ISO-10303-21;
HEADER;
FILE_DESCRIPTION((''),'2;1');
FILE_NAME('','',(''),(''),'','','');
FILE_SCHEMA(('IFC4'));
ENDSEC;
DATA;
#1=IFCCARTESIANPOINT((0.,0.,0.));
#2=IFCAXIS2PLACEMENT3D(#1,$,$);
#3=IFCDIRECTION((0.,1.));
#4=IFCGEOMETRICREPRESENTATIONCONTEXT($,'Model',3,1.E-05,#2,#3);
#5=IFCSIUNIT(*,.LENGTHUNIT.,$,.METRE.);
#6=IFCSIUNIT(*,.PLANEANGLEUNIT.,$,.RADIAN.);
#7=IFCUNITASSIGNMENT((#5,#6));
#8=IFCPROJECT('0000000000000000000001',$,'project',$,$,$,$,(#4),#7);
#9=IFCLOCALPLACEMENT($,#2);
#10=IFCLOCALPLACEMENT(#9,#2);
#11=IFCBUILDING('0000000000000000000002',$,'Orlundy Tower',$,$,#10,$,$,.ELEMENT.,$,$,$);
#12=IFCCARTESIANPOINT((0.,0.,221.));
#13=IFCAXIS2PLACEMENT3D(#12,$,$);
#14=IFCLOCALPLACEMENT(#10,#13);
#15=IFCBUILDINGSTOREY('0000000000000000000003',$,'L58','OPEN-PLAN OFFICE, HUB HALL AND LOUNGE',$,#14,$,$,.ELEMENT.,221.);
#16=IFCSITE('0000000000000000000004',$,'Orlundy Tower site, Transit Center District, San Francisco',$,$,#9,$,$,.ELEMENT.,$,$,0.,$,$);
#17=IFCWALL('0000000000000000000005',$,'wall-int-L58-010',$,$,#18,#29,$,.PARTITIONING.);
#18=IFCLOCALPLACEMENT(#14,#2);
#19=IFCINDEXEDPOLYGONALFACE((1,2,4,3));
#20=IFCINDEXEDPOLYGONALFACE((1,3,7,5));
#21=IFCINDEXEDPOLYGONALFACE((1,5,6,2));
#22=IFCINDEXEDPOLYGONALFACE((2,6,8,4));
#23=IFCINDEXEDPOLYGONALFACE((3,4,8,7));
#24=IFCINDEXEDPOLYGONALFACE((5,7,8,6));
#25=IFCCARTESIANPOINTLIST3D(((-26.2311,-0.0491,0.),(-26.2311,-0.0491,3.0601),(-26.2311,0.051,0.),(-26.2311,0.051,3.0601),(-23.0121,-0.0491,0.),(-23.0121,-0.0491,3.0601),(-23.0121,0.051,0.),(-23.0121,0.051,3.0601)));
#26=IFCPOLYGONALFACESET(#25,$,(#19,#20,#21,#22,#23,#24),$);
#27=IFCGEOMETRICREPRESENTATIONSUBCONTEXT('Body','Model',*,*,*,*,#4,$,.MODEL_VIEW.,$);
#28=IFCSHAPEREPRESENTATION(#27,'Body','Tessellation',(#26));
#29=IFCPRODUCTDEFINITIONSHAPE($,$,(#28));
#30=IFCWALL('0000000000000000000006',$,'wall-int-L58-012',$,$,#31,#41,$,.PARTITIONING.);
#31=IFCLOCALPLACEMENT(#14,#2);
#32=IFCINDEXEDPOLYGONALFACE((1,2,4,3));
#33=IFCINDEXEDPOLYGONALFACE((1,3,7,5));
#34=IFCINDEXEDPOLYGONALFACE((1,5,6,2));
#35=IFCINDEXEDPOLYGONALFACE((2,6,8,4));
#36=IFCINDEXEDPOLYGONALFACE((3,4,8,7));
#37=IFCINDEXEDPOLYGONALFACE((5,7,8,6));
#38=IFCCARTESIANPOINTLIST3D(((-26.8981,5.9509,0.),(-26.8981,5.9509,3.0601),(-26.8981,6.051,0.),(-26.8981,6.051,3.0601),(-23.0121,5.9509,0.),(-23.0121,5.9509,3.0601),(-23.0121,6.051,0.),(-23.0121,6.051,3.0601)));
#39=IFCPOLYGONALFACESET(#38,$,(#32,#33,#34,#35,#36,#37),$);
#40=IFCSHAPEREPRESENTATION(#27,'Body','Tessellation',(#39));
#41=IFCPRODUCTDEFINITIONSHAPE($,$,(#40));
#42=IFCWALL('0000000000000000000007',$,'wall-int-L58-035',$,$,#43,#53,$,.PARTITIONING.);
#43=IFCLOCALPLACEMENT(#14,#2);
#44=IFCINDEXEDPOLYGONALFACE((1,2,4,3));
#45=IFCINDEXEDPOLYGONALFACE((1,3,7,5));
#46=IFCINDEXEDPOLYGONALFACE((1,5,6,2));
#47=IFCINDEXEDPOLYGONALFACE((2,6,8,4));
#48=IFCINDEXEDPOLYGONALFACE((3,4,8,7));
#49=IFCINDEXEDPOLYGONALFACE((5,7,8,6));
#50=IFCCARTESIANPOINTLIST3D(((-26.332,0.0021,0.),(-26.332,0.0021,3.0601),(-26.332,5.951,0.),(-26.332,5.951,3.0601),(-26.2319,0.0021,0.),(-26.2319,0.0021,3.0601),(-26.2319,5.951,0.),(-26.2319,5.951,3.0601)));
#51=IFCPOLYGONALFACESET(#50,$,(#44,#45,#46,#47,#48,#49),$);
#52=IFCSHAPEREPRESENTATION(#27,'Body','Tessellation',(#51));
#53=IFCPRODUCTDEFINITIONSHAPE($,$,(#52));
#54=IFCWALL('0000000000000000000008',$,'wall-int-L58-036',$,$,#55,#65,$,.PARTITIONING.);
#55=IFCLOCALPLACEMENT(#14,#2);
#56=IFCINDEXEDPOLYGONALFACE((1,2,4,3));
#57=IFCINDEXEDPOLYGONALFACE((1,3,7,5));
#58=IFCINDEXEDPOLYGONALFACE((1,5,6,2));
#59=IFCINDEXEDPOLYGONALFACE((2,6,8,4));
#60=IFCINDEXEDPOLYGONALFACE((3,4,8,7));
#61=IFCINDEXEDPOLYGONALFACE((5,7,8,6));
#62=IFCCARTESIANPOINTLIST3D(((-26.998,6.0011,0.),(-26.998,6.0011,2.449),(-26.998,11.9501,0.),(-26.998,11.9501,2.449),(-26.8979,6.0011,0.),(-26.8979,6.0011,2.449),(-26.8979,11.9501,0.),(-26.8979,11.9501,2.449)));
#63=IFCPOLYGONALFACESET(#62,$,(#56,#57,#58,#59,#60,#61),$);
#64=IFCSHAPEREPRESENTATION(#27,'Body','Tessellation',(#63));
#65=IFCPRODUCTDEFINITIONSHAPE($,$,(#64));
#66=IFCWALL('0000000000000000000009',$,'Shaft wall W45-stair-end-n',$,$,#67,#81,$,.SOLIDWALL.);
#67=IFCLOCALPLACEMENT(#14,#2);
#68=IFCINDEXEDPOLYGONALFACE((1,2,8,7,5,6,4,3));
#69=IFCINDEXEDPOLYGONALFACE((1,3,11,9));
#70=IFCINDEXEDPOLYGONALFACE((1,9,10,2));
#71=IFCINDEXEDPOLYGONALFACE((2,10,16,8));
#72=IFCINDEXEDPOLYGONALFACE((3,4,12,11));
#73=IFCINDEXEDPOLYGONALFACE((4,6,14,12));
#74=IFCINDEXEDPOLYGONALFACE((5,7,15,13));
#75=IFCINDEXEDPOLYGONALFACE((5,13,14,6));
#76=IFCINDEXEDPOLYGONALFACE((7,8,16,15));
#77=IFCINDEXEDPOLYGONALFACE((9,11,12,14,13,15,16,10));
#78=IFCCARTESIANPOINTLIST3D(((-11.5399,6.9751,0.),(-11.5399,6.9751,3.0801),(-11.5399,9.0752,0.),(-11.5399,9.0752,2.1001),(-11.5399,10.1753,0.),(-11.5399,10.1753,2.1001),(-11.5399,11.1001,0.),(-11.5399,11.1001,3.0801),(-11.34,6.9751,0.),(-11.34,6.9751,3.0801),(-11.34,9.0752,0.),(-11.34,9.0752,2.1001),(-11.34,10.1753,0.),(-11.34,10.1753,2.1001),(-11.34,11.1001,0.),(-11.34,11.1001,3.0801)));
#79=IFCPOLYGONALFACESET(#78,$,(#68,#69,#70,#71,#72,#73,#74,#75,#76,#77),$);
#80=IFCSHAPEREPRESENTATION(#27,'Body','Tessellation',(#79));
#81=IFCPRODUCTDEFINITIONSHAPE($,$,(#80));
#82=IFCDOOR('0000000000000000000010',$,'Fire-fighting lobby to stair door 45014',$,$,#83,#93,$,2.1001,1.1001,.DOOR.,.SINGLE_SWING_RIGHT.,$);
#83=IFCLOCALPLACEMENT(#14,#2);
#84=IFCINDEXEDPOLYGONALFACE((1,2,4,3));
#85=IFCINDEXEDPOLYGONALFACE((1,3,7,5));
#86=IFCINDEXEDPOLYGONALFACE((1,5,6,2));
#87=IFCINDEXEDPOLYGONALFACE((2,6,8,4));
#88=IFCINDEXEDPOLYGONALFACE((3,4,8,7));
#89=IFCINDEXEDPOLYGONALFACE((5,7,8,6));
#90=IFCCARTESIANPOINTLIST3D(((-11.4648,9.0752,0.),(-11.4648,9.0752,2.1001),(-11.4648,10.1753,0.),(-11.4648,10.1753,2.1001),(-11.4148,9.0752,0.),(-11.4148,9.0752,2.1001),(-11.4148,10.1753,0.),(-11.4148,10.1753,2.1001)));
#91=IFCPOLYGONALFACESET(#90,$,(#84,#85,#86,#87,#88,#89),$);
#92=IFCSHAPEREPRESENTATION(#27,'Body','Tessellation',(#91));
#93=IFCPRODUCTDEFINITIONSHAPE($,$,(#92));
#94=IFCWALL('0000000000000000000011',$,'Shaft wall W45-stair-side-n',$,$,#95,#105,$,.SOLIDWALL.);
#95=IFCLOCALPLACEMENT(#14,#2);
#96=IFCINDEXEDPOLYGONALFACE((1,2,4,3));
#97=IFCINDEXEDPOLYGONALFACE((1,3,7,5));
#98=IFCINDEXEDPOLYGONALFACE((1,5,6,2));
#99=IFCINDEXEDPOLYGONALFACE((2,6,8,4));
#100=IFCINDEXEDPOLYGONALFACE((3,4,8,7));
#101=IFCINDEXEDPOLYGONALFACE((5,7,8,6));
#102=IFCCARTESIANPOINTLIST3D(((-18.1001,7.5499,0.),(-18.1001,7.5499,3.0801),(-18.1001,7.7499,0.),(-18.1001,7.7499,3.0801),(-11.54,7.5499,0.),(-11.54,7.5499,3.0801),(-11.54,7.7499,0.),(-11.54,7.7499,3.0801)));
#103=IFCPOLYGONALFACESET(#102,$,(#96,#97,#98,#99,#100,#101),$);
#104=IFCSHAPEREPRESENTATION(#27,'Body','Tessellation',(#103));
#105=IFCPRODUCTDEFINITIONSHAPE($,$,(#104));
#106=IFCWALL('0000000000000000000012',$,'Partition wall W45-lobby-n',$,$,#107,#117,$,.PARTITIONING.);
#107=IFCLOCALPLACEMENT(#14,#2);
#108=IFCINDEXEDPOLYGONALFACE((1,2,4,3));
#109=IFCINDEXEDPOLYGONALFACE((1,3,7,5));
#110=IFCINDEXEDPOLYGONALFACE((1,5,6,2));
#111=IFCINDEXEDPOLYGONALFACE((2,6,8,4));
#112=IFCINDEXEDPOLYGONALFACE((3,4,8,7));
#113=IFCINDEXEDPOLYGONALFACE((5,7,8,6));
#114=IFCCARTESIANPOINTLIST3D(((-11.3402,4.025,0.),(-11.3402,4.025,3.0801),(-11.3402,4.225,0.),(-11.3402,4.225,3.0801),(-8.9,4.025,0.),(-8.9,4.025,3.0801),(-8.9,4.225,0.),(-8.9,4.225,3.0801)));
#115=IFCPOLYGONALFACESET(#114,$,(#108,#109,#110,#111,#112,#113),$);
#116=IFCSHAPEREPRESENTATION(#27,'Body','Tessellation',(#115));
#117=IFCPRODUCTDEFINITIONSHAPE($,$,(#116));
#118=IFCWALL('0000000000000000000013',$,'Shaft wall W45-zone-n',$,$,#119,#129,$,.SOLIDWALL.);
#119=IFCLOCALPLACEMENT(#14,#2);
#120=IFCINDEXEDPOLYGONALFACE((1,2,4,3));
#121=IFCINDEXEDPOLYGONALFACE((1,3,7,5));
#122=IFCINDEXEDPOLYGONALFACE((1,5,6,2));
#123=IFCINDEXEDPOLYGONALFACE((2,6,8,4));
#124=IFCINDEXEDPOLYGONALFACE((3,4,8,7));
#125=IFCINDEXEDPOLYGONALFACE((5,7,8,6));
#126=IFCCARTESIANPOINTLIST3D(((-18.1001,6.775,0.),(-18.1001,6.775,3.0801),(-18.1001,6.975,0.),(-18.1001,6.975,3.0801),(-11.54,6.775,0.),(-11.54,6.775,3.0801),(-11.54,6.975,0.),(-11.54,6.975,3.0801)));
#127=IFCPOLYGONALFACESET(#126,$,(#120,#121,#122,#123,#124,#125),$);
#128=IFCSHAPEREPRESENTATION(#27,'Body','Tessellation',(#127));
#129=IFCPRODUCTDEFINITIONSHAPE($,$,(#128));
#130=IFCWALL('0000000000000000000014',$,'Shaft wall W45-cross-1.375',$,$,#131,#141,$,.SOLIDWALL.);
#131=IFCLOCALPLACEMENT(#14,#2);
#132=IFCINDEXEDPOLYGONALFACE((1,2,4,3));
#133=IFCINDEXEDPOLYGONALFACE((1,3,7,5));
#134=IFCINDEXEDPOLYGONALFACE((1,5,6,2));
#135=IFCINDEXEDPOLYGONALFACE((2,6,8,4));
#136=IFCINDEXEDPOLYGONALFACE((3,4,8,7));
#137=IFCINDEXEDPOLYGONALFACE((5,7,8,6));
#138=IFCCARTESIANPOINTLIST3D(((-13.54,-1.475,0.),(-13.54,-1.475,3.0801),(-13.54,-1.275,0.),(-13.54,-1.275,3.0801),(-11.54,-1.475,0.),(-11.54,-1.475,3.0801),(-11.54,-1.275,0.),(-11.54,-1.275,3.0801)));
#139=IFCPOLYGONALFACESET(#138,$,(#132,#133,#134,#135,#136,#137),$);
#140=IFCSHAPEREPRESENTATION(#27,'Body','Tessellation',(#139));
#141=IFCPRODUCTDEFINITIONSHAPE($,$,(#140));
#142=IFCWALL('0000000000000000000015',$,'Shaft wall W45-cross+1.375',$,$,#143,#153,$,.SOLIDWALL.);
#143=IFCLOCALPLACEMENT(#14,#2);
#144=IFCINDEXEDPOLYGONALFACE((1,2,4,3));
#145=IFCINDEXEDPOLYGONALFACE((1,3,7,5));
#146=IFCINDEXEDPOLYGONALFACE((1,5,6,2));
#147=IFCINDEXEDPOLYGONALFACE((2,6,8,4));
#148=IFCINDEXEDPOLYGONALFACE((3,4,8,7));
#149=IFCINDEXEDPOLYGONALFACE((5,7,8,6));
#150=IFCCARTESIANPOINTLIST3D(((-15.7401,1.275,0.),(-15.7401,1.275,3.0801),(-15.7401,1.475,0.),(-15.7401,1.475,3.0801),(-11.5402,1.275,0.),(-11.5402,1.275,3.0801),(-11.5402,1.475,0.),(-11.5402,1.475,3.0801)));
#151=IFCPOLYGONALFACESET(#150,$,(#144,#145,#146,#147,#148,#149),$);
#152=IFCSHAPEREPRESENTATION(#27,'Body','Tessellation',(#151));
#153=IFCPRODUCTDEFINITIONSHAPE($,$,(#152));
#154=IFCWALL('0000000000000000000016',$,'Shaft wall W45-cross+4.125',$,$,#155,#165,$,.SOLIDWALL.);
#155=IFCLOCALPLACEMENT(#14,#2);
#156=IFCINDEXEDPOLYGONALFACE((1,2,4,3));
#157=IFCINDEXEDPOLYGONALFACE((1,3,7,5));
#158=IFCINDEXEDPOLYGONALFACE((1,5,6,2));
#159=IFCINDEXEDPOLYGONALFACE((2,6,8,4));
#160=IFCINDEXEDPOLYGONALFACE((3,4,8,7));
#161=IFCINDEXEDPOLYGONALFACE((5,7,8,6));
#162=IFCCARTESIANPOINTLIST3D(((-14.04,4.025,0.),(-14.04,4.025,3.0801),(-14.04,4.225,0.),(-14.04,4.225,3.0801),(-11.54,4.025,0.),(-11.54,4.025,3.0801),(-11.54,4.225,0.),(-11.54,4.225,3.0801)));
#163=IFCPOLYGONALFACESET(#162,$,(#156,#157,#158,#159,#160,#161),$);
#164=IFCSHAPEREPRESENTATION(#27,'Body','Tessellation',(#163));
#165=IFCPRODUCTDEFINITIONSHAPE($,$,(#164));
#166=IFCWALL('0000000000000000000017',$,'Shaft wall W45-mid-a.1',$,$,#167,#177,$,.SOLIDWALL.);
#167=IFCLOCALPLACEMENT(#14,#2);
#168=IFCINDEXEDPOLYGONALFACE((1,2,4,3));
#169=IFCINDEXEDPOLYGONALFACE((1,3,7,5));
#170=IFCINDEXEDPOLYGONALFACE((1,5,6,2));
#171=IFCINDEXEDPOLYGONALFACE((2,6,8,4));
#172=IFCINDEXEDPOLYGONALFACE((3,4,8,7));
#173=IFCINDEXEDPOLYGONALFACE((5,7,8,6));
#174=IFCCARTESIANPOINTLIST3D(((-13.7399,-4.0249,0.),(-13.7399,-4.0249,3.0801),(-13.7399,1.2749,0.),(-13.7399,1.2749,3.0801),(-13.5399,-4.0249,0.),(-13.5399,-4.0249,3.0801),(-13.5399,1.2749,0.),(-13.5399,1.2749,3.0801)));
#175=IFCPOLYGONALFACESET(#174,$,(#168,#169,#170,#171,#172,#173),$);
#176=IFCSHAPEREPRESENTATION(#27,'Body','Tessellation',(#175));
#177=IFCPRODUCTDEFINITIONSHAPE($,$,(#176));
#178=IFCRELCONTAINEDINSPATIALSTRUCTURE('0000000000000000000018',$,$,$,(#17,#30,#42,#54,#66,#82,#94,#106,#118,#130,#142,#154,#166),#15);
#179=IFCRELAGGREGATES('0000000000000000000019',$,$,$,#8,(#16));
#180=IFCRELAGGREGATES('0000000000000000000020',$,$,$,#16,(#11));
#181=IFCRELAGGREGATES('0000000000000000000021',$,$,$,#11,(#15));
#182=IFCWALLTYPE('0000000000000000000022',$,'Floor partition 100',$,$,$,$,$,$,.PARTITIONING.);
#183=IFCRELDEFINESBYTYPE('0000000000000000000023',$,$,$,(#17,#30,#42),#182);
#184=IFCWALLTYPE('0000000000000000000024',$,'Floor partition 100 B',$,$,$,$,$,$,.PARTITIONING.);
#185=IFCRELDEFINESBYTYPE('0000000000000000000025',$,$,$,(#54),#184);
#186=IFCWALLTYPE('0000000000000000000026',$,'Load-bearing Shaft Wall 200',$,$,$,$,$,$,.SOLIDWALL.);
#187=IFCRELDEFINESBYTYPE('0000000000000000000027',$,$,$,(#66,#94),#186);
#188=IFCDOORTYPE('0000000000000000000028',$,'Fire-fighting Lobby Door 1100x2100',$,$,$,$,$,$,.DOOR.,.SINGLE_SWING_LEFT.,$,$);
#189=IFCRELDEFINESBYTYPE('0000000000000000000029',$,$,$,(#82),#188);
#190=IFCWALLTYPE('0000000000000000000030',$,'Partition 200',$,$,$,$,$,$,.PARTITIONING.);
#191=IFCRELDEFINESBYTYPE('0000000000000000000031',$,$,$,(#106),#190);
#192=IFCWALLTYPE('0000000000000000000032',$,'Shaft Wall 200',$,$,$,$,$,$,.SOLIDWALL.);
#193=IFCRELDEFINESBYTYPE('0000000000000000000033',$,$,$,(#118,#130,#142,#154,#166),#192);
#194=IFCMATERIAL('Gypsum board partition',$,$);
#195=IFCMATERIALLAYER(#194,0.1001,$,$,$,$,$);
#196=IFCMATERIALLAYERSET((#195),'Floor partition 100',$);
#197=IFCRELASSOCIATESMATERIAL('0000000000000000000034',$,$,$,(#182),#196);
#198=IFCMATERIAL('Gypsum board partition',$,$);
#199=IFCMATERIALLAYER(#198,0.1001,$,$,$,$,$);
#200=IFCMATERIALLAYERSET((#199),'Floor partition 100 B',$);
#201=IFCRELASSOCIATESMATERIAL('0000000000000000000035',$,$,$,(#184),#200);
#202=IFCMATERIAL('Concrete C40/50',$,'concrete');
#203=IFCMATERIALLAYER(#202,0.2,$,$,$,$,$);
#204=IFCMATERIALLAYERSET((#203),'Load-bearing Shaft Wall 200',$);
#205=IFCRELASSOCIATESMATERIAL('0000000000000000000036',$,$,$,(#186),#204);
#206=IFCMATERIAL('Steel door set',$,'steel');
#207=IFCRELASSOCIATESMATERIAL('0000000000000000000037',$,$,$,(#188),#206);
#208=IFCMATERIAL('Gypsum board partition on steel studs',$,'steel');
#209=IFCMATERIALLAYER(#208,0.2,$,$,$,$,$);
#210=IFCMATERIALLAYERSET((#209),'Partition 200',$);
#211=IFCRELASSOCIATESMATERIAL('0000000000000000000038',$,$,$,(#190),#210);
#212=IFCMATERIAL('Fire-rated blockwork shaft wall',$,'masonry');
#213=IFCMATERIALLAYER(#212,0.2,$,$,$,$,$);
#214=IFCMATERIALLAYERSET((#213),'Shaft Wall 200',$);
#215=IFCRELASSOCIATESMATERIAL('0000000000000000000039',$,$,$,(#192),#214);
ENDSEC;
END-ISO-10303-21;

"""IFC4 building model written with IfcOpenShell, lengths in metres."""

from ifc_helpers import new_model, si_unit, direction, frame, frame_2d, origin, place, context, subcontext, project, spatial, rectangle, extrude, material, layer, layer_set, type_object, element, fill, save


model = new_model("IFC4")

# Units and contexts
model_context = context("Model", 3, precision=1e-05, world=origin(), true_north=direction((0.0, 1.0)))
body_context = subcontext(model_context, "Body", "Model", "MODEL_VIEW")
ifc_project = project(units=[si_unit("LENGTHUNIT", "METRE"), si_unit("PLANEANGLEUNIT", "RADIAN")], contexts=[model_context])

# Site, building, storey
site_placement = place(None, origin())
site = spatial("IfcSite", under=ifc_project, at=site_placement, Name="Orlundy Tower site, Transit Center District, San Francisco", CompositionType="ELEMENT", RefElevation=0.0)
building_placement = place(site_placement, origin())
building = spatial("IfcBuilding", under=site, at=building_placement, Name="Orlundy Tower", CompositionType="ELEMENT")
storey_placement = place(building_placement, frame((0.0, 0.0, 221.0)))
storey = spatial("IfcBuildingStorey", under=building, at=storey_placement, Name="L58", Description="OPEN-PLAN OFFICE, HUB HALL AND LOUNGE", CompositionType="ELEMENT", Elevation=221.0)

# Walls
ifc_material_1 = material(Name="Gypsum board partition")
ifc_layer_1 = layer(ifc_material_1, 0.1001)
ifc_layer_set_1 = layer_set([ifc_layer_1], Name="Floor partition 100")
wall_type_1 = type_object("IfcWallType", Name="Floor partition 100", PredefinedType="PARTITIONING", material=ifc_layer_set_1)
wall_1_placement = place(storey_placement, frame((-26.231, 0.001, 0.0), z_axis=(0.0, 0.0, 1.0), x_axis=(1.0, 0.0, 0.0)))
element("IfcWall", 1, at=wall_1_placement, inside=storey, type_object=wall_type_1, Name="wall-int-L58-010", PredefinedType="PARTITIONING", context=body_context, shape_type="SweptSolid", body=[
    extrude(rectangle(XDim=3.219, YDim=0.1001, at=frame_2d((1.6094, 0.0))), origin(), (0.0, 0.0, 1.0), 3.0601),
])
wall_2_placement = place(storey_placement, frame((-26.8979, 6.001, 0.0), z_axis=(0.0, 0.0, 1.0), x_axis=(1.0, 0.0, 0.0)))
element("IfcWall", 2, at=wall_2_placement, inside=storey, type_object=wall_type_1, Name="wall-int-L58-012", PredefinedType="PARTITIONING", context=body_context, shape_type="SweptSolid", body=[
    extrude(rectangle(XDim=3.886, YDim=0.1001, at=frame_2d((1.9429, 0.0))), origin(), (0.0, 0.0, 1.0), 3.0601),
])
wall_3_placement = place(storey_placement, frame((-26.282, 0.002, 0.0), z_axis=(0.0, 0.0, 1.0), x_axis=(0.0, 1.0, 0.0)))
element("IfcWall", 3, at=wall_3_placement, inside=storey, type_object=wall_type_1, Name="wall-int-L58-035", PredefinedType="PARTITIONING", context=body_context, shape_type="SweptSolid", body=[
    extrude(rectangle(XDim=5.949, YDim=0.1001, at=frame_2d((2.9746, 0.0))), origin(), (0.0, 0.0, 1.0), 3.0601),
])
ifc_material_2 = material(Name="Gypsum board partition")
ifc_layer_2 = layer(ifc_material_2, 0.1001)
ifc_layer_set_2 = layer_set([ifc_layer_2], Name="Floor partition 100 B")
wall_type_2 = type_object("IfcWallType", Name="Floor partition 100 B", PredefinedType="PARTITIONING", material=ifc_layer_set_2)
wall_4_placement = place(storey_placement, frame((-26.948, 6.001, 0.0), z_axis=(0.0, 0.0, 1.0), x_axis=(0.0, 1.0, 0.0)))
element("IfcWall", 4, at=wall_4_placement, inside=storey, type_object=wall_type_2, Name="wall-int-L58-036", PredefinedType="PARTITIONING", context=body_context, shape_type="SweptSolid", body=[
    extrude(rectangle(XDim=5.949, YDim=0.1001, at=frame_2d((2.9746, 0.0))), origin(), (0.0, 0.0, 1.0), 2.449),
])

# Wall, opening, door
ifc_material_3 = material(Name="Concrete C40/50", Category="concrete")
ifc_layer_3 = layer(ifc_material_3, 0.2)
ifc_layer_set_3 = layer_set([ifc_layer_3], Name="Load-bearing Shaft Wall 200")
wall_type_3 = type_object("IfcWallType", Name="Load-bearing Shaft Wall 200", PredefinedType="SOLIDWALL", material=ifc_layer_set_3)
wall_5_placement = place(storey_placement, frame((-11.4399, 6.9751, 0.0), z_axis=(0.0, 0.0, 1.0), x_axis=(0.0, 1.0, 0.0)))
wall_5 = element("IfcWall", 5, at=wall_5_placement, inside=storey, type_object=wall_type_3, Name="Shaft wall W45-stair-end-n", PredefinedType="SOLIDWALL", context=body_context, shape_type="SweptSolid", body=[
    extrude(rectangle(XDim=4.125, YDim=0.2, at=frame_2d((2.0625, 0.0))), origin(), (0.0, 0.0, 1.0), 3.0801),
])
opening_placement = place(wall_5_placement, frame((2.1001, 0.0, 0.0)))
opening = element("IfcOpeningElement", 6, at=opening_placement, cuts=wall_5, PredefinedType="OPENING", context=body_context, shape_type="SweptSolid", body=[
    extrude(rectangle(XDim=1.1001, YDim=2.1001, at=frame_2d((0.55, 1.05))), frame((0.0, 0.1101, 0.0), z_axis=(0.0, -1.0, 0.0), x_axis=(1.0, 0.0, 0.0)), (0.0, 0.0, 1.0), 0.2202),
])
ifc_material_4 = material(Name="Steel door set", Category="steel")
door_type = type_object("IfcDoorType", Name="Fire-fighting Lobby Door 1100x2100", OperationType="SINGLE_SWING_LEFT", PredefinedType="DOOR", material=ifc_material_4)
door_placement = place(opening_placement, origin())
door = element("IfcDoor", 7, at=door_placement, inside=storey, type_object=door_type, Name="Fire-fighting lobby to stair door 45014", OperationType="SINGLE_SWING_RIGHT", OverallHeight=2.1001, OverallWidth=1.1001, PredefinedType="DOOR", context=body_context, shape_type="SweptSolid", body=[
    extrude(rectangle(XDim=1.1001, YDim=2.1001, at=frame_2d((0.55, 1.05))), frame((0.0, 0.0249, 0.0), z_axis=(0.0, -1.0, 0.0), x_axis=(1.0, 0.0, 0.0)), (0.0, 0.0, 1.0), 0.05),
])
fill(opening, door)

# Walls
wall_6_placement = place(storey_placement, frame((-11.54, 7.6499, 0.0), z_axis=(0.0, 0.0, 1.0), x_axis=(-1.0, 0.0, 0.0)))
element("IfcWall", 8, at=wall_6_placement, inside=storey, type_object=wall_type_3, Name="Shaft wall W45-stair-side-n", PredefinedType="SOLIDWALL", context=body_context, shape_type="SweptSolid", body=[
    extrude(rectangle(XDim=6.5601, YDim=0.2, at=frame_2d((3.28, 0.0))), origin(), (0.0, 0.0, 1.0), 3.0801),
])
ifc_material_5 = material(Name="Gypsum board partition on steel studs", Category="steel")
ifc_layer_4 = layer(ifc_material_5, 0.2)
ifc_layer_set_4 = layer_set([ifc_layer_4], Name="Partition 200")
wall_type_4 = type_object("IfcWallType", Name="Partition 200", PredefinedType="PARTITIONING", material=ifc_layer_set_4)
wall_7_placement = place(storey_placement, frame((-8.8999, 4.125, 0.0), z_axis=(0.0, 0.0, 1.0), x_axis=(-1.0, 0.0, 0.0)))
element("IfcWall", 9, at=wall_7_placement, inside=storey, type_object=wall_type_4, Name="Partition wall W45-lobby-n", PredefinedType="PARTITIONING", context=body_context, shape_type="SweptSolid", body=[
    extrude(rectangle(XDim=2.4402, YDim=0.2, at=frame_2d((1.2202, 0.0))), origin(), (0.0, 0.0, 1.0), 3.0801),
])
ifc_material_6 = material(Name="Fire-rated blockwork shaft wall", Category="masonry")
ifc_layer_5 = layer(ifc_material_6, 0.2)
ifc_layer_set_5 = layer_set([ifc_layer_5], Name="Shaft Wall 200")
wall_type_5 = type_object("IfcWallType", Name="Shaft Wall 200", PredefinedType="SOLIDWALL", material=ifc_layer_set_5)
wall_8_placement = place(storey_placement, frame((-11.54, 6.875, 0.0), z_axis=(0.0, 0.0, 1.0), x_axis=(-1.0, 0.0, 0.0)))
element("IfcWall", 10, at=wall_8_placement, inside=storey, type_object=wall_type_5, Name="Shaft wall W45-zone-n", PredefinedType="SOLIDWALL", context=body_context, shape_type="SweptSolid", body=[
    extrude(rectangle(XDim=6.5601, YDim=0.2, at=frame_2d((3.28, 0.0))), origin(), (0.0, 0.0, 1.0), 3.0801),
])
wall_9_placement = place(storey_placement, frame((-11.54, -1.375, 0.0), z_axis=(0.0, 0.0, 1.0), x_axis=(-1.0, 0.0, 0.0)))
element("IfcWall", 11, at=wall_9_placement, inside=storey, type_object=wall_type_5, Name="Shaft wall W45-cross-1.375", PredefinedType="SOLIDWALL", context=body_context, shape_type="SweptSolid", body=[
    extrude(rectangle(XDim=2.0, YDim=0.2, at=frame_2d((1.0, 0.0))), origin(), (0.0, 0.0, 1.0), 3.0801),
])
wall_10_placement = place(storey_placement, frame((-11.54, 1.375, 0.0), z_axis=(0.0, 0.0, 1.0), x_axis=(-1.0, 0.0, 0.0)))
element("IfcWall", 12, at=wall_10_placement, inside=storey, type_object=wall_type_5, Name="Shaft wall W45-cross+1.375", PredefinedType="SOLIDWALL", context=body_context, shape_type="SweptSolid", body=[
    extrude(rectangle(XDim=4.2, YDim=0.2, at=frame_2d((2.1001, 0.0))), origin(), (0.0, 0.0, 1.0), 3.0801),
])
wall_11_placement = place(storey_placement, frame((-11.54, 4.125, 0.0), z_axis=(0.0, 0.0, 1.0), x_axis=(-1.0, 0.0, 0.0)))
element("IfcWall", 13, at=wall_11_placement, inside=storey, type_object=wall_type_5, Name="Shaft wall W45-cross+4.125", PredefinedType="SOLIDWALL", context=body_context, shape_type="SweptSolid", body=[
    extrude(rectangle(XDim=2.5, YDim=0.2, at=frame_2d((1.25, 0.0))), origin(), (0.0, 0.0, 1.0), 3.0801),
])
wall_12_placement = place(storey_placement, frame((-13.6399, -4.0249, 0.0), z_axis=(0.0, 0.0, 1.0), x_axis=(0.0, 1.0, 0.0)))
element("IfcWall", 14, at=wall_12_placement, inside=storey, type_object=wall_type_5, Name="Shaft wall W45-mid-a.1", PredefinedType="SOLIDWALL", context=body_context, shape_type="SweptSolid", body=[
    extrude(rectangle(XDim=5.2998, YDim=0.2, at=frame_2d((2.6499, 0.0))), origin(), (0.0, 0.0, 1.0), 3.0801),
])

save(model, "model.ifc")
